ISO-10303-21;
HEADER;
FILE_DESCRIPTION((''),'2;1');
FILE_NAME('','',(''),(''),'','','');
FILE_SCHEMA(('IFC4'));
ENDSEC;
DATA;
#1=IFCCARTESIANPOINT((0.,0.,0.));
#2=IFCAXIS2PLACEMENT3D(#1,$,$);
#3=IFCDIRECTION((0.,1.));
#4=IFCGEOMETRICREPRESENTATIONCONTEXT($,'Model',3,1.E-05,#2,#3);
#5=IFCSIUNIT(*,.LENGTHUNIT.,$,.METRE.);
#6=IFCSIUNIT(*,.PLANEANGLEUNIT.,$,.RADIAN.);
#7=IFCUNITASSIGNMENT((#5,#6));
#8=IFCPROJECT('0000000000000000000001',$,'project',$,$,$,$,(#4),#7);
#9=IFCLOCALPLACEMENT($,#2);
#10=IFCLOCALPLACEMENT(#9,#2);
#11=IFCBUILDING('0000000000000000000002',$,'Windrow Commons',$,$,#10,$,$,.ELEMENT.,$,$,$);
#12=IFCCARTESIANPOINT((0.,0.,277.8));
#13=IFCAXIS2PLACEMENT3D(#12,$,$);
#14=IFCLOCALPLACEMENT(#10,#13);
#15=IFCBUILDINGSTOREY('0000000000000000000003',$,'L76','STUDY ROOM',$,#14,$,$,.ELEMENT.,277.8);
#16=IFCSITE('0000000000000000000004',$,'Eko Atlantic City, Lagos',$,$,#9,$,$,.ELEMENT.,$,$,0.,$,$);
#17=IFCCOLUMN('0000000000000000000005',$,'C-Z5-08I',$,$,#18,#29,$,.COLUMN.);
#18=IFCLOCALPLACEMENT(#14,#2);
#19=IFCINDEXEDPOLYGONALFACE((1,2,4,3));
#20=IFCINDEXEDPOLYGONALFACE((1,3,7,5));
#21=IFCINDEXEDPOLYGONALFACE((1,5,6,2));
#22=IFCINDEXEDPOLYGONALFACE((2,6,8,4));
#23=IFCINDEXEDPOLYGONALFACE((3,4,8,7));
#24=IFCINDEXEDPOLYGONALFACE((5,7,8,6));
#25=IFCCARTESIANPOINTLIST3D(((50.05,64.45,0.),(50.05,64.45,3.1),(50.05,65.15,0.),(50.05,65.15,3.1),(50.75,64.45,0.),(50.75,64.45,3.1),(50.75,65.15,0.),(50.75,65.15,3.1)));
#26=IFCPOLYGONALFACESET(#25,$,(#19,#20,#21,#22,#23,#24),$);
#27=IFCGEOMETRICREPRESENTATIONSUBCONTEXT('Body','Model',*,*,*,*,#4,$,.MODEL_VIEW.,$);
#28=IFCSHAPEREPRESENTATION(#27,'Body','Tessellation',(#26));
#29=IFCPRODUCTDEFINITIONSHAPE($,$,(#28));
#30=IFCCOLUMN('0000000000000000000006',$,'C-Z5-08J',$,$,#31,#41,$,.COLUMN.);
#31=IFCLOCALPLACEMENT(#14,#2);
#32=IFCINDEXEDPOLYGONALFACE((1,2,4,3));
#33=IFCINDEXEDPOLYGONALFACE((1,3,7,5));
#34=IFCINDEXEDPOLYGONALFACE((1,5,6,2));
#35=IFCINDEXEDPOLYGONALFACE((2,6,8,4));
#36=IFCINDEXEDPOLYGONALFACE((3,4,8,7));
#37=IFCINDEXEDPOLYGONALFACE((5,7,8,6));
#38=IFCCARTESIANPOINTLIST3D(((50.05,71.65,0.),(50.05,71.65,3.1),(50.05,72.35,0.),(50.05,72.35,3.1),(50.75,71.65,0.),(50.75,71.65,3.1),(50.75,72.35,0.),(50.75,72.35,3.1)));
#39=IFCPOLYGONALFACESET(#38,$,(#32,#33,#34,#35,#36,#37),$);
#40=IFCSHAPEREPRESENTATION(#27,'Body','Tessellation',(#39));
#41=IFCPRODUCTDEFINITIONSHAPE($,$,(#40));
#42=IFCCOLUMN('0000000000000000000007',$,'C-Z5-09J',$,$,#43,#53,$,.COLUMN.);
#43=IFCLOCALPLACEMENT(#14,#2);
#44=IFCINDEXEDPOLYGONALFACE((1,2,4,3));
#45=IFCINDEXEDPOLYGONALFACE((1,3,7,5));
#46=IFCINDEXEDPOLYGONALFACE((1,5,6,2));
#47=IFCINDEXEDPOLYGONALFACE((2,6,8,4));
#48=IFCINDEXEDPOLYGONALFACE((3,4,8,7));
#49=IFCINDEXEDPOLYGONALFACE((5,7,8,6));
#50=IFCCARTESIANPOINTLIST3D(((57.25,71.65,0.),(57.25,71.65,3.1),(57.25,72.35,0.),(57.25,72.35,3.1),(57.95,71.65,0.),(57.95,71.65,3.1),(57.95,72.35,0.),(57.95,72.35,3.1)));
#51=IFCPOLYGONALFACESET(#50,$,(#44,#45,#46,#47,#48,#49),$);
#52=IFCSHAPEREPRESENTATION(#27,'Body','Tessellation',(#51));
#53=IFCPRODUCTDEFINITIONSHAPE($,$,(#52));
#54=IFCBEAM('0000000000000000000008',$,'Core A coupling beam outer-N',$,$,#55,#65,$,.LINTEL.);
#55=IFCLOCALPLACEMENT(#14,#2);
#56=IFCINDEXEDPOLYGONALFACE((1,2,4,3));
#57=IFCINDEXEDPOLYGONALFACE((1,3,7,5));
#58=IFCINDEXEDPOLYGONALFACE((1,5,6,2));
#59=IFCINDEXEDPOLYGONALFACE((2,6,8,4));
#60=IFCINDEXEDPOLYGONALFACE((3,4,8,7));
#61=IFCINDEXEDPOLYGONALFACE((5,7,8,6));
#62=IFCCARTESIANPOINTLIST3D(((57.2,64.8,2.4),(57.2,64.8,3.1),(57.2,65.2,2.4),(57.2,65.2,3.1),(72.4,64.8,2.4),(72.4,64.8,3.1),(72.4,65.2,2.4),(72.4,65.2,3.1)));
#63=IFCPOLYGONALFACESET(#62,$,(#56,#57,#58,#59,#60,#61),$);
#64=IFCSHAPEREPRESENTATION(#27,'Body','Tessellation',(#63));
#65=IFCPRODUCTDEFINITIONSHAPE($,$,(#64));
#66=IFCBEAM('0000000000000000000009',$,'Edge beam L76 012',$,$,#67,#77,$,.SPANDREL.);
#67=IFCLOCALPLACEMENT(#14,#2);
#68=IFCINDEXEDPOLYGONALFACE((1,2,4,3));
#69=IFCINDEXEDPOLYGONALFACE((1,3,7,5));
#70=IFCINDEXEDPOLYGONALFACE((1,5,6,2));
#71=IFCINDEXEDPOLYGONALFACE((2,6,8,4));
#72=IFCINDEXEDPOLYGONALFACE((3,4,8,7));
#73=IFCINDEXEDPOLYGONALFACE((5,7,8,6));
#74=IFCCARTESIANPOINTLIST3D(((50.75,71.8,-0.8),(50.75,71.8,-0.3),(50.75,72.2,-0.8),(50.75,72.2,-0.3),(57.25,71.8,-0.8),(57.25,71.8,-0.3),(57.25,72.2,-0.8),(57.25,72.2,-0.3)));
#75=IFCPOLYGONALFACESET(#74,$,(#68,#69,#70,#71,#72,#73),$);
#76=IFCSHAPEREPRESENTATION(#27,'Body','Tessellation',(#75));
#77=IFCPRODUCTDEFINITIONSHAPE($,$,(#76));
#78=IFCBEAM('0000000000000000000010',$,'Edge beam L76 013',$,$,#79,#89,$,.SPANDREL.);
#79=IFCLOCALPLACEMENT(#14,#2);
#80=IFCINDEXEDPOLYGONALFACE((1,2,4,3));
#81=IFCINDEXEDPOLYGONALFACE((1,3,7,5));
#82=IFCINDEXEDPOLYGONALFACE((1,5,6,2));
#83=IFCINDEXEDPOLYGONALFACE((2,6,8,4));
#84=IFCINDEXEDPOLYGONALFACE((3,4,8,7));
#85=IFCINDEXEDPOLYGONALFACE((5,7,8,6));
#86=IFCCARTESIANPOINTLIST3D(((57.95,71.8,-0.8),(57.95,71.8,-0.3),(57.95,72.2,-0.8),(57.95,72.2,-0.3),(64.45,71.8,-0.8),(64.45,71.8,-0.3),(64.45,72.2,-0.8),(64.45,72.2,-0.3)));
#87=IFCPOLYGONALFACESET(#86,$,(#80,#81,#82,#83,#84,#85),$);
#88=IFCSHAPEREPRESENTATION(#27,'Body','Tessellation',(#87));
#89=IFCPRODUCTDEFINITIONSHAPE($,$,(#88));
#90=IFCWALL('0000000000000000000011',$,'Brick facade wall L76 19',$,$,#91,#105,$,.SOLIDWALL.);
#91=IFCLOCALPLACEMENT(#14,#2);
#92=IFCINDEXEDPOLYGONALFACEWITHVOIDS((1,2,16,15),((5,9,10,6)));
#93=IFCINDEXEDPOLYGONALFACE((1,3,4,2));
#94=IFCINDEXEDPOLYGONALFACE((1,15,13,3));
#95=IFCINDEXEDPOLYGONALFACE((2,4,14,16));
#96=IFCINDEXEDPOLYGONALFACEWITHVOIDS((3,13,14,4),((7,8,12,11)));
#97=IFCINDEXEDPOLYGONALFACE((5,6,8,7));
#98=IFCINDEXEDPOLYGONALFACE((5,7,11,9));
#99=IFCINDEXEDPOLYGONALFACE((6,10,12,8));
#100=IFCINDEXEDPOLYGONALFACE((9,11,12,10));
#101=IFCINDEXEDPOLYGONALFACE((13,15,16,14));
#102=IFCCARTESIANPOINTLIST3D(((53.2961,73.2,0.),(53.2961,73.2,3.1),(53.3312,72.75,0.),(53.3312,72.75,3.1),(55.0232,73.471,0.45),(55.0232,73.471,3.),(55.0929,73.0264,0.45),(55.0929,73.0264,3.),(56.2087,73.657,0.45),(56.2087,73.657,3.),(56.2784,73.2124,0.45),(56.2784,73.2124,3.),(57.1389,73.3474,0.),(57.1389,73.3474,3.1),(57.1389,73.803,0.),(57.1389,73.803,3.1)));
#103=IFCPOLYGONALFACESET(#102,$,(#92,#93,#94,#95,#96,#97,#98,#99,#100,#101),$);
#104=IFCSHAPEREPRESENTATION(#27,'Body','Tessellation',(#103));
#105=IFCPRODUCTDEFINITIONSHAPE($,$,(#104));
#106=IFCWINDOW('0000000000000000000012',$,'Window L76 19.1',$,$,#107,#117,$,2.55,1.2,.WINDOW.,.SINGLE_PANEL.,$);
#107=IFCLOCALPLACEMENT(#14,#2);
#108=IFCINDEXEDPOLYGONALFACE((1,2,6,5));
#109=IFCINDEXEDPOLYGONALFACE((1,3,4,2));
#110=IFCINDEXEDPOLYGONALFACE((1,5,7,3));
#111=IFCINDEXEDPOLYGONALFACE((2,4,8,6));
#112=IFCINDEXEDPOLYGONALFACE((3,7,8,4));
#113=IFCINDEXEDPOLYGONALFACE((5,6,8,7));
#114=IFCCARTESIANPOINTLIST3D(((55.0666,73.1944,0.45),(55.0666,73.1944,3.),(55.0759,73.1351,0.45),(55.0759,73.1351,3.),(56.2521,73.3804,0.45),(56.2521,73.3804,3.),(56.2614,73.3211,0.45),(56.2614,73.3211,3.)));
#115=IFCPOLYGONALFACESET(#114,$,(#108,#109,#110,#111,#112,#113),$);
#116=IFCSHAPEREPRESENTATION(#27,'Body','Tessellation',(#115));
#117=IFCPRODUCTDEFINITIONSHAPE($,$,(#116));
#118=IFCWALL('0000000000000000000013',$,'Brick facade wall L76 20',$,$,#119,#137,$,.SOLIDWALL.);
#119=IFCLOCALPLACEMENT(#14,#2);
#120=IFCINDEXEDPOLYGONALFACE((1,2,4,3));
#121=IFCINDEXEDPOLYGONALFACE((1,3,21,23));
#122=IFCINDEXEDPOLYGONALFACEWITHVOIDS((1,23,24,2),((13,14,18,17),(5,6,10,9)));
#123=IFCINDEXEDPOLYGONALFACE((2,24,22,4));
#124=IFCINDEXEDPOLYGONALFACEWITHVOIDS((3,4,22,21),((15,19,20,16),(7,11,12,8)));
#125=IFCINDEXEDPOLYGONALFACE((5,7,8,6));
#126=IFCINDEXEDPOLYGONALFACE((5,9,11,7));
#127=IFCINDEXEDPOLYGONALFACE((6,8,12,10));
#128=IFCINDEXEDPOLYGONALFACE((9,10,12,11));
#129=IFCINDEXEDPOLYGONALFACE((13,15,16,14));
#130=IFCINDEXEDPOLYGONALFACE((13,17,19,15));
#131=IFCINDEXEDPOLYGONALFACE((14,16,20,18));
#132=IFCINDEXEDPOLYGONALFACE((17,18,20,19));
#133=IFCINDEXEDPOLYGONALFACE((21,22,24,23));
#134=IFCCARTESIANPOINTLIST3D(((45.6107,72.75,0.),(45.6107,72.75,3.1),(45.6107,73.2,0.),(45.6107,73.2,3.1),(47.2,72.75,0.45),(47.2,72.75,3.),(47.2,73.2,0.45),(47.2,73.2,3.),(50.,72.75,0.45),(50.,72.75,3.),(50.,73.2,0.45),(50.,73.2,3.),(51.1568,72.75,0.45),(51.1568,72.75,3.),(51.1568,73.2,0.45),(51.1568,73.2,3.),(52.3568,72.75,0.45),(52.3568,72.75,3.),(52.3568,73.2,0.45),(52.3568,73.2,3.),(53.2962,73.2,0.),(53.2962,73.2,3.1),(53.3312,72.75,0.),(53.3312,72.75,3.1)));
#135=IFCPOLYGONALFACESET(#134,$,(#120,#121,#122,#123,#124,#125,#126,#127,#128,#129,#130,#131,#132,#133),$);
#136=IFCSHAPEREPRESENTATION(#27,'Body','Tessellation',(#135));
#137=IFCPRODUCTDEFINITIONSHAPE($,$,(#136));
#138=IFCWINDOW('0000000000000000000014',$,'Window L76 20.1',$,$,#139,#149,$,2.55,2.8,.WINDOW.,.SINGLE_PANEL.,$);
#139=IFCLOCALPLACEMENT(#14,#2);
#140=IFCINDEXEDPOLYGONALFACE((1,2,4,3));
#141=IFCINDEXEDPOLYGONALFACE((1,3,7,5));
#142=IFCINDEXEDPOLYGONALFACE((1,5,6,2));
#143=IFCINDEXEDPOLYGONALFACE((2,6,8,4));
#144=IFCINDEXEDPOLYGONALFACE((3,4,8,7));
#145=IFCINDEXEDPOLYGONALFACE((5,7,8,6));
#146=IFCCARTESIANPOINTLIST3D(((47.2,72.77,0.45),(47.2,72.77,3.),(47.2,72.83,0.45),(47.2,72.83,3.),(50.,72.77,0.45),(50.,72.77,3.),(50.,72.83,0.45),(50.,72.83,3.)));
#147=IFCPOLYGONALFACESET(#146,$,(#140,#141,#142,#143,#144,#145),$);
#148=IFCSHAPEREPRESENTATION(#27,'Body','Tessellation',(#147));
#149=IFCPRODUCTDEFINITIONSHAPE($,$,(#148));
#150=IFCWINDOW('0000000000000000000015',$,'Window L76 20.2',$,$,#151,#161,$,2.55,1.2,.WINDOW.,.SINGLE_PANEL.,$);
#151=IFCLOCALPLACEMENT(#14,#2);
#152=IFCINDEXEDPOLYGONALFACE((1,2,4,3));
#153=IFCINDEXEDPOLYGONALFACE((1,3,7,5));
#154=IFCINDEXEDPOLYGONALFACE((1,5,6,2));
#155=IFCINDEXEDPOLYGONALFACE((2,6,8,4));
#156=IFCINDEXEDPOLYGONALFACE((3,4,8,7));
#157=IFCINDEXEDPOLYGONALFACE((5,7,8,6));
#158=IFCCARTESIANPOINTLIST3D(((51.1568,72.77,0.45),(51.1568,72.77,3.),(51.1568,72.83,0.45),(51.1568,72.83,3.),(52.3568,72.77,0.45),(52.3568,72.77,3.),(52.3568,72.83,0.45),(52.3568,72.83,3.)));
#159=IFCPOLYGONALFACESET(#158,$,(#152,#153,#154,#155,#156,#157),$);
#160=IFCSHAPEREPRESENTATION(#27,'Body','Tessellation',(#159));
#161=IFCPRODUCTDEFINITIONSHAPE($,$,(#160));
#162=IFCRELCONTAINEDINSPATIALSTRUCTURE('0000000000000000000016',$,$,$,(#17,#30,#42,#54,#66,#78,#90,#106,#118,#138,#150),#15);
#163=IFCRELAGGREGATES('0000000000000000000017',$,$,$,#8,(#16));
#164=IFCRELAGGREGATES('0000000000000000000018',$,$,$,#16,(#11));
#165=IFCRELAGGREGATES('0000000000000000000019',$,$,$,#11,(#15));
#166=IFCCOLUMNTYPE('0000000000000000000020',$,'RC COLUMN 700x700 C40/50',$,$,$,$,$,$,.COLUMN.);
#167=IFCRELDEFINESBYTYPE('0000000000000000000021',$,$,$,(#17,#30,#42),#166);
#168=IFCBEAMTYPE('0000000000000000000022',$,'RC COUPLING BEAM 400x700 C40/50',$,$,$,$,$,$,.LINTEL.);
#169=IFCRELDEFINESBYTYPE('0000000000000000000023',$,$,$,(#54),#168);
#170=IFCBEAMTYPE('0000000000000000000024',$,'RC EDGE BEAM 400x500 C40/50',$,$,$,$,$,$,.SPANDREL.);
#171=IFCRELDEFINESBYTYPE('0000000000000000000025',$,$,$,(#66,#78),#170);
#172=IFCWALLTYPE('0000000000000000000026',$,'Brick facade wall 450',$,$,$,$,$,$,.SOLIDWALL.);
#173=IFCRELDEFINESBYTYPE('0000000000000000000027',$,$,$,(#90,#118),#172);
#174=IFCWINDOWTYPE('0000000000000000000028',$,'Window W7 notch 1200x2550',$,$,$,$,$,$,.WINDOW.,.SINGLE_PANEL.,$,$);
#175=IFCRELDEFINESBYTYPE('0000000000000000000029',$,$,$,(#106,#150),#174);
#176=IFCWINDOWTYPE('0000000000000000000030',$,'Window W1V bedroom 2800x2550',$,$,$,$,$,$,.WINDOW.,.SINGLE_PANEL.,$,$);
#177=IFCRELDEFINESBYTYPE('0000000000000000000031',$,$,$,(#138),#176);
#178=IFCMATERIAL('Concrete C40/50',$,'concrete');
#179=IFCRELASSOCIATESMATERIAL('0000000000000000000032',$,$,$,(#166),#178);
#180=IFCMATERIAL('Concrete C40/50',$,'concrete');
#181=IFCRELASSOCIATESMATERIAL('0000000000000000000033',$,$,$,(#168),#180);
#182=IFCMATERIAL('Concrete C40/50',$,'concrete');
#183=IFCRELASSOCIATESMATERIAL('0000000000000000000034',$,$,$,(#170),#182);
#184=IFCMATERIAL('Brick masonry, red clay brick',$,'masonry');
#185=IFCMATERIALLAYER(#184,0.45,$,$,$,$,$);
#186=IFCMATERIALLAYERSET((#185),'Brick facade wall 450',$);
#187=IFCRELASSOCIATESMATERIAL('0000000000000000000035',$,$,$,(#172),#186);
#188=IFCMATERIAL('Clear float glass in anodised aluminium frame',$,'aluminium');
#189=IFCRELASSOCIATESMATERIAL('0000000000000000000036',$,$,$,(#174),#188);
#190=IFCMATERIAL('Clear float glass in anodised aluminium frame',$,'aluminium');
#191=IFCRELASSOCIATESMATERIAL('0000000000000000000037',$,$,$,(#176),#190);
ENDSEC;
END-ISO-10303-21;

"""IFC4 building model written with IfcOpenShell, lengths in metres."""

from ifc_helpers import new_model, si_unit, direction, frame, frame_2d, origin, origin_2d, place, context, subcontext, project, spatial, polyline, rectangle, outline, extrude, material, layer, layer_set, material_profile, profile_set, type_object, element, fill, save


model = new_model("IFC4")

# Units and contexts
model_context = context("Model", 3, precision=1e-05, world=origin(), true_north=direction((0.0, 1.0)))
body_context = subcontext(model_context, "Body", "Model", "MODEL_VIEW")
ifc_project = project(units=[si_unit("LENGTHUNIT", "METRE"), si_unit("PLANEANGLEUNIT", "RADIAN")], contexts=[model_context])

# Site, building, storey
site_placement = place(None, origin())
site = spatial("IfcSite", under=ifc_project, at=site_placement, Name="Eko Atlantic City, Lagos", CompositionType="ELEMENT", RefElevation=0.0)
building_placement = place(site_placement, origin())
building = spatial("IfcBuilding", under=site, at=building_placement, Name="Windrow Commons", CompositionType="ELEMENT")
storey_placement = place(building_placement, frame((0.0, 0.0, 277.8)))
storey = spatial("IfcBuildingStorey", under=building, at=storey_placement, Name="L76", Description="STUDY ROOM", CompositionType="ELEMENT", Elevation=277.8)

# Columns
ifc_material_1 = material(Name="Concrete C40/50", Category="concrete")
ifc_material_profile_1 = material_profile(ifc_material_1, rectangle(XDim=0.7, YDim=0.7, at=origin_2d()))
ifc_profile_set_1 = profile_set([ifc_material_profile_1], Name="Concrete C40/50")
column_type = type_object("IfcColumnType", Name="RC COLUMN 700x700 C40/50", PredefinedType="COLUMN", material=ifc_profile_set_1)
for number, where, z_axis, x_axis, name in (
    (1, (50.4, 64.8, 0.0), (0.0, 0.0, 1.0), (1.0, 0.0, 0.0), "C-Z5-08I"),
    (2, (50.4, 72.0, 0.0), (0.0, 0.0, 1.0), (1.0, 0.0, 0.0), "C-Z5-08J"),
    (3, (57.6, 72.0, 0.0), (0.0, 0.0, 1.0), (1.0, 0.0, 0.0), "C-Z5-09J"),
):
    element("IfcColumn", number, at=place(storey_placement, frame(where, z_axis=z_axis, x_axis=x_axis)), inside=storey, type_object=column_type, Name=name, PredefinedType="COLUMN", context=body_context, shape_type="SweptSolid", body=[
        extrude(rectangle(XDim=0.7, YDim=0.7, at=origin_2d()), origin(), (0.0, 0.0, 1.0), 3.1),
    ])

# Beams
ifc_material_2 = material(Name="Concrete C40/50", Category="concrete")
ifc_material_profile_2 = material_profile(ifc_material_2, rectangle(XDim=0.4, YDim=0.7, at=origin_2d()))
ifc_profile_set_2 = profile_set([ifc_material_profile_2], Name="Concrete C40/50")
beam_type_1 = type_object("IfcBeamType", Name="RC COUPLING BEAM 400x700 C40/50", PredefinedType="LINTEL", material=ifc_profile_set_2)
beam_placement = place(storey_placement, frame((57.2, 65.0, 2.75), z_axis=(1.0, 0.0, 0.0), x_axis=(0.0, 1.0, 0.0)))
element("IfcBeam", 4, at=beam_placement, inside=storey, type_object=beam_type_1, Name="Core A coupling beam outer-N", PredefinedType="LINTEL", context=body_context, shape_type="SweptSolid", body=[
    extrude(rectangle(XDim=0.4, YDim=0.7, at=origin_2d()), origin(), (0.0, 0.0, 1.0), 15.2),
])
ifc_material_3 = material(Name="Concrete C40/50", Category="concrete")
ifc_material_profile_3 = material_profile(ifc_material_3, rectangle(XDim=0.4, YDim=0.5, at=origin_2d()))
ifc_profile_set_3 = profile_set([ifc_material_profile_3], Name="Concrete C40/50")
beam_type_2 = type_object("IfcBeamType", Name="RC EDGE BEAM 400x500 C40/50", PredefinedType="SPANDREL", material=ifc_profile_set_3)
for number, where, z_axis, x_axis, name in (
    (5, (50.75, 72.0, -0.55), (1.0, 0.0, 0.0), (0.0, 1.0, 0.0), "Edge beam L76 012"),
    (6, (57.95, 72.0, -0.55), (1.0, 0.0, 0.0), (0.0, 1.0, 0.0), "Edge beam L76 013"),
):
    element("IfcBeam", number, at=place(storey_placement, frame(where, z_axis=z_axis, x_axis=x_axis)), inside=storey, type_object=beam_type_2, Name=name, PredefinedType="SPANDREL", context=body_context, shape_type="SweptSolid", body=[
        extrude(rectangle(XDim=0.4, YDim=0.5, at=origin_2d()), origin(), (0.0, 0.0, 1.0), 6.5),
    ])

# Wall, opening, window
ifc_material_4 = material(Name="Brick masonry, red clay brick", Category="masonry")
ifc_layer_1 = layer(ifc_material_4, 0.45)
ifc_layer_set_1 = layer_set([ifc_layer_1], Name="Brick facade wall 450")
wall_type_1 = type_object("IfcWallType", Name="Brick facade wall 450", PredefinedType="SOLIDWALL", material=ifc_layer_set_1)
wall_1_placement = place(storey_placement, frame((57.1389, 73.5752, 0.0), z_axis=(0.0, 0.0, 1.0), x_axis=(-0.987913, -0.15501, 0.0)))
wall_1 = element("IfcWall", 7, at=wall_1_placement, inside=storey, type_object=wall_type_1, Name="Brick facade wall L76 19", PredefinedType="SOLIDWALL", context=body_context, shape_type="SweptSolid", body=[
    extrude(outline(polyline([(-0.0353, -0.225), (3.8545, -0.225), (3.8896, 0.225), (0.0353, 0.225), (-0.0353, -0.225)])), origin(), (0.0, 0.0, 1.0), 3.1),
])
opening_1_placement = place(wall_1_placement, frame((0.9063, 0.0, 0.45)))
opening_1 = element("IfcOpeningElement", 8, at=opening_1_placement, cuts=wall_1, PredefinedType="OPENING", context=body_context, shape_type="SweptSolid", body=[
    extrude(rectangle(XDim=1.2, YDim=2.55, at=frame_2d((0.6, 1.275))), frame((0.0, 0.235, 0.0), z_axis=(0.0, -1.0, 0.0), x_axis=(1.0, 0.0, 0.0)), (0.0, 0.0, 1.0), 0.47),
])
ifc_material_5 = material(Name="Clear float glass in anodised aluminium frame", Category="aluminium")
window_type_1 = type_object("IfcWindowType", Name="Window W7 notch 1200x2550", PartitioningType="SINGLE_PANEL", PredefinedType="WINDOW", material=ifc_material_5)
window_1_placement = place(opening_1_placement, origin())
window_1 = element("IfcWindow", 9, at=window_1_placement, inside=storey, type_object=window_type_1, Name="Window L76 19.1", OverallHeight=2.55, OverallWidth=1.2, PartitioningType="SINGLE_PANEL", PredefinedType="WINDOW", context=body_context, shape_type="SweptSolid", body=[
    extrude(rectangle(XDim=1.2, YDim=2.55, at=frame_2d((0.6, 1.275))), frame((0.0, 0.115, 0.0), z_axis=(0.0, -1.0, 0.0), x_axis=(1.0, 0.0, 0.0)), (0.0, 0.0, 1.0), 0.06),
])
fill(opening_1, window_1)

# Wall, openings, windows
wall_2_placement = place(storey_placement, frame((53.3137, 72.975, 0.0), z_axis=(0.0, 0.0, 1.0), x_axis=(-1.0, 0.0, 0.0)))
wall_2 = element("IfcWall", 10, at=wall_2_placement, inside=storey, type_object=wall_type_1, Name="Brick facade wall L76 20", PredefinedType="SOLIDWALL", context=body_context, shape_type="SweptSolid", body=[
    extrude(outline(polyline([(0.0175, -0.225), (7.703, -0.225), (7.703, 0.225), (-0.0175, 0.225), (0.0175, -0.225)])), origin(), (0.0, 0.0, 1.0), 3.1),
])
opening_2_placement = place(wall_2_placement, frame((3.3137, 0.0, 0.45)))
opening_2 = element("IfcOpeningElement", 11, at=opening_2_placement, cuts=wall_2, PredefinedType="OPENING", context=body_context, shape_type="SweptSolid", body=[
    extrude(rectangle(XDim=2.8, YDim=2.55, at=frame_2d((1.4, 1.275))), frame((0.0, 0.235, 0.0), z_axis=(0.0, -1.0, 0.0), x_axis=(1.0, 0.0, 0.0)), (0.0, 0.0, 1.0), 0.47),
])
opening_3_placement = place(wall_2_placement, frame((0.9569, 0.0, 0.45)))
opening_3 = element("IfcOpeningElement", 12, at=opening_3_placement, cuts=wall_2, PredefinedType="OPENING", context=body_context, shape_type="SweptSolid", body=[
    extrude(rectangle(XDim=1.2, YDim=2.55, at=frame_2d((0.6, 1.275))), frame((0.0, 0.235, 0.0), z_axis=(0.0, -1.0, 0.0), x_axis=(1.0, 0.0, 0.0)), (0.0, 0.0, 1.0), 0.47),
])
ifc_material_6 = material(Name="Clear float glass in anodised aluminium frame", Category="aluminium")
window_type_2 = type_object("IfcWindowType", Name="Window W1V bedroom 2800x2550", PartitioningType="SINGLE_PANEL", PredefinedType="WINDOW", material=ifc_material_6)
window_2_placement = place(opening_2_placement, origin())
window_2 = element("IfcWindow", 13, at=window_2_placement, inside=storey, type_object=window_type_2, Name="Window L76 20.1", OverallHeight=2.55, OverallWidth=2.8, PartitioningType="SINGLE_PANEL", PredefinedType="WINDOW", context=body_context, shape_type="SweptSolid", body=[
    extrude(rectangle(XDim=2.8, YDim=2.55, at=frame_2d((1.4, 1.275))), frame((0.0, 0.205, 0.0), z_axis=(0.0, -1.0, 0.0), x_axis=(1.0, 0.0, 0.0)), (0.0, 0.0, 1.0), 0.06),
])
fill(opening_2, window_2)
window_3_placement = place(opening_3_placement, origin())
window_3 = element("IfcWindow", 14, at=window_3_placement, inside=storey, type_object=window_type_1, Name="Window L76 20.2", OverallHeight=2.55, OverallWidth=1.2, PartitioningType="SINGLE_PANEL", PredefinedType="WINDOW", context=body_context, shape_type="SweptSolid", body=[
    extrude(rectangle(XDim=1.2, YDim=2.55, at=frame_2d((0.6, 1.275))), frame((0.0, 0.205, 0.0), z_axis=(0.0, -1.0, 0.0), x_axis=(1.0, 0.0, 0.0)), (0.0, 0.0, 1.0), 0.06),
])
fill(opening_3, window_3)

save(model, "model.ifc")
